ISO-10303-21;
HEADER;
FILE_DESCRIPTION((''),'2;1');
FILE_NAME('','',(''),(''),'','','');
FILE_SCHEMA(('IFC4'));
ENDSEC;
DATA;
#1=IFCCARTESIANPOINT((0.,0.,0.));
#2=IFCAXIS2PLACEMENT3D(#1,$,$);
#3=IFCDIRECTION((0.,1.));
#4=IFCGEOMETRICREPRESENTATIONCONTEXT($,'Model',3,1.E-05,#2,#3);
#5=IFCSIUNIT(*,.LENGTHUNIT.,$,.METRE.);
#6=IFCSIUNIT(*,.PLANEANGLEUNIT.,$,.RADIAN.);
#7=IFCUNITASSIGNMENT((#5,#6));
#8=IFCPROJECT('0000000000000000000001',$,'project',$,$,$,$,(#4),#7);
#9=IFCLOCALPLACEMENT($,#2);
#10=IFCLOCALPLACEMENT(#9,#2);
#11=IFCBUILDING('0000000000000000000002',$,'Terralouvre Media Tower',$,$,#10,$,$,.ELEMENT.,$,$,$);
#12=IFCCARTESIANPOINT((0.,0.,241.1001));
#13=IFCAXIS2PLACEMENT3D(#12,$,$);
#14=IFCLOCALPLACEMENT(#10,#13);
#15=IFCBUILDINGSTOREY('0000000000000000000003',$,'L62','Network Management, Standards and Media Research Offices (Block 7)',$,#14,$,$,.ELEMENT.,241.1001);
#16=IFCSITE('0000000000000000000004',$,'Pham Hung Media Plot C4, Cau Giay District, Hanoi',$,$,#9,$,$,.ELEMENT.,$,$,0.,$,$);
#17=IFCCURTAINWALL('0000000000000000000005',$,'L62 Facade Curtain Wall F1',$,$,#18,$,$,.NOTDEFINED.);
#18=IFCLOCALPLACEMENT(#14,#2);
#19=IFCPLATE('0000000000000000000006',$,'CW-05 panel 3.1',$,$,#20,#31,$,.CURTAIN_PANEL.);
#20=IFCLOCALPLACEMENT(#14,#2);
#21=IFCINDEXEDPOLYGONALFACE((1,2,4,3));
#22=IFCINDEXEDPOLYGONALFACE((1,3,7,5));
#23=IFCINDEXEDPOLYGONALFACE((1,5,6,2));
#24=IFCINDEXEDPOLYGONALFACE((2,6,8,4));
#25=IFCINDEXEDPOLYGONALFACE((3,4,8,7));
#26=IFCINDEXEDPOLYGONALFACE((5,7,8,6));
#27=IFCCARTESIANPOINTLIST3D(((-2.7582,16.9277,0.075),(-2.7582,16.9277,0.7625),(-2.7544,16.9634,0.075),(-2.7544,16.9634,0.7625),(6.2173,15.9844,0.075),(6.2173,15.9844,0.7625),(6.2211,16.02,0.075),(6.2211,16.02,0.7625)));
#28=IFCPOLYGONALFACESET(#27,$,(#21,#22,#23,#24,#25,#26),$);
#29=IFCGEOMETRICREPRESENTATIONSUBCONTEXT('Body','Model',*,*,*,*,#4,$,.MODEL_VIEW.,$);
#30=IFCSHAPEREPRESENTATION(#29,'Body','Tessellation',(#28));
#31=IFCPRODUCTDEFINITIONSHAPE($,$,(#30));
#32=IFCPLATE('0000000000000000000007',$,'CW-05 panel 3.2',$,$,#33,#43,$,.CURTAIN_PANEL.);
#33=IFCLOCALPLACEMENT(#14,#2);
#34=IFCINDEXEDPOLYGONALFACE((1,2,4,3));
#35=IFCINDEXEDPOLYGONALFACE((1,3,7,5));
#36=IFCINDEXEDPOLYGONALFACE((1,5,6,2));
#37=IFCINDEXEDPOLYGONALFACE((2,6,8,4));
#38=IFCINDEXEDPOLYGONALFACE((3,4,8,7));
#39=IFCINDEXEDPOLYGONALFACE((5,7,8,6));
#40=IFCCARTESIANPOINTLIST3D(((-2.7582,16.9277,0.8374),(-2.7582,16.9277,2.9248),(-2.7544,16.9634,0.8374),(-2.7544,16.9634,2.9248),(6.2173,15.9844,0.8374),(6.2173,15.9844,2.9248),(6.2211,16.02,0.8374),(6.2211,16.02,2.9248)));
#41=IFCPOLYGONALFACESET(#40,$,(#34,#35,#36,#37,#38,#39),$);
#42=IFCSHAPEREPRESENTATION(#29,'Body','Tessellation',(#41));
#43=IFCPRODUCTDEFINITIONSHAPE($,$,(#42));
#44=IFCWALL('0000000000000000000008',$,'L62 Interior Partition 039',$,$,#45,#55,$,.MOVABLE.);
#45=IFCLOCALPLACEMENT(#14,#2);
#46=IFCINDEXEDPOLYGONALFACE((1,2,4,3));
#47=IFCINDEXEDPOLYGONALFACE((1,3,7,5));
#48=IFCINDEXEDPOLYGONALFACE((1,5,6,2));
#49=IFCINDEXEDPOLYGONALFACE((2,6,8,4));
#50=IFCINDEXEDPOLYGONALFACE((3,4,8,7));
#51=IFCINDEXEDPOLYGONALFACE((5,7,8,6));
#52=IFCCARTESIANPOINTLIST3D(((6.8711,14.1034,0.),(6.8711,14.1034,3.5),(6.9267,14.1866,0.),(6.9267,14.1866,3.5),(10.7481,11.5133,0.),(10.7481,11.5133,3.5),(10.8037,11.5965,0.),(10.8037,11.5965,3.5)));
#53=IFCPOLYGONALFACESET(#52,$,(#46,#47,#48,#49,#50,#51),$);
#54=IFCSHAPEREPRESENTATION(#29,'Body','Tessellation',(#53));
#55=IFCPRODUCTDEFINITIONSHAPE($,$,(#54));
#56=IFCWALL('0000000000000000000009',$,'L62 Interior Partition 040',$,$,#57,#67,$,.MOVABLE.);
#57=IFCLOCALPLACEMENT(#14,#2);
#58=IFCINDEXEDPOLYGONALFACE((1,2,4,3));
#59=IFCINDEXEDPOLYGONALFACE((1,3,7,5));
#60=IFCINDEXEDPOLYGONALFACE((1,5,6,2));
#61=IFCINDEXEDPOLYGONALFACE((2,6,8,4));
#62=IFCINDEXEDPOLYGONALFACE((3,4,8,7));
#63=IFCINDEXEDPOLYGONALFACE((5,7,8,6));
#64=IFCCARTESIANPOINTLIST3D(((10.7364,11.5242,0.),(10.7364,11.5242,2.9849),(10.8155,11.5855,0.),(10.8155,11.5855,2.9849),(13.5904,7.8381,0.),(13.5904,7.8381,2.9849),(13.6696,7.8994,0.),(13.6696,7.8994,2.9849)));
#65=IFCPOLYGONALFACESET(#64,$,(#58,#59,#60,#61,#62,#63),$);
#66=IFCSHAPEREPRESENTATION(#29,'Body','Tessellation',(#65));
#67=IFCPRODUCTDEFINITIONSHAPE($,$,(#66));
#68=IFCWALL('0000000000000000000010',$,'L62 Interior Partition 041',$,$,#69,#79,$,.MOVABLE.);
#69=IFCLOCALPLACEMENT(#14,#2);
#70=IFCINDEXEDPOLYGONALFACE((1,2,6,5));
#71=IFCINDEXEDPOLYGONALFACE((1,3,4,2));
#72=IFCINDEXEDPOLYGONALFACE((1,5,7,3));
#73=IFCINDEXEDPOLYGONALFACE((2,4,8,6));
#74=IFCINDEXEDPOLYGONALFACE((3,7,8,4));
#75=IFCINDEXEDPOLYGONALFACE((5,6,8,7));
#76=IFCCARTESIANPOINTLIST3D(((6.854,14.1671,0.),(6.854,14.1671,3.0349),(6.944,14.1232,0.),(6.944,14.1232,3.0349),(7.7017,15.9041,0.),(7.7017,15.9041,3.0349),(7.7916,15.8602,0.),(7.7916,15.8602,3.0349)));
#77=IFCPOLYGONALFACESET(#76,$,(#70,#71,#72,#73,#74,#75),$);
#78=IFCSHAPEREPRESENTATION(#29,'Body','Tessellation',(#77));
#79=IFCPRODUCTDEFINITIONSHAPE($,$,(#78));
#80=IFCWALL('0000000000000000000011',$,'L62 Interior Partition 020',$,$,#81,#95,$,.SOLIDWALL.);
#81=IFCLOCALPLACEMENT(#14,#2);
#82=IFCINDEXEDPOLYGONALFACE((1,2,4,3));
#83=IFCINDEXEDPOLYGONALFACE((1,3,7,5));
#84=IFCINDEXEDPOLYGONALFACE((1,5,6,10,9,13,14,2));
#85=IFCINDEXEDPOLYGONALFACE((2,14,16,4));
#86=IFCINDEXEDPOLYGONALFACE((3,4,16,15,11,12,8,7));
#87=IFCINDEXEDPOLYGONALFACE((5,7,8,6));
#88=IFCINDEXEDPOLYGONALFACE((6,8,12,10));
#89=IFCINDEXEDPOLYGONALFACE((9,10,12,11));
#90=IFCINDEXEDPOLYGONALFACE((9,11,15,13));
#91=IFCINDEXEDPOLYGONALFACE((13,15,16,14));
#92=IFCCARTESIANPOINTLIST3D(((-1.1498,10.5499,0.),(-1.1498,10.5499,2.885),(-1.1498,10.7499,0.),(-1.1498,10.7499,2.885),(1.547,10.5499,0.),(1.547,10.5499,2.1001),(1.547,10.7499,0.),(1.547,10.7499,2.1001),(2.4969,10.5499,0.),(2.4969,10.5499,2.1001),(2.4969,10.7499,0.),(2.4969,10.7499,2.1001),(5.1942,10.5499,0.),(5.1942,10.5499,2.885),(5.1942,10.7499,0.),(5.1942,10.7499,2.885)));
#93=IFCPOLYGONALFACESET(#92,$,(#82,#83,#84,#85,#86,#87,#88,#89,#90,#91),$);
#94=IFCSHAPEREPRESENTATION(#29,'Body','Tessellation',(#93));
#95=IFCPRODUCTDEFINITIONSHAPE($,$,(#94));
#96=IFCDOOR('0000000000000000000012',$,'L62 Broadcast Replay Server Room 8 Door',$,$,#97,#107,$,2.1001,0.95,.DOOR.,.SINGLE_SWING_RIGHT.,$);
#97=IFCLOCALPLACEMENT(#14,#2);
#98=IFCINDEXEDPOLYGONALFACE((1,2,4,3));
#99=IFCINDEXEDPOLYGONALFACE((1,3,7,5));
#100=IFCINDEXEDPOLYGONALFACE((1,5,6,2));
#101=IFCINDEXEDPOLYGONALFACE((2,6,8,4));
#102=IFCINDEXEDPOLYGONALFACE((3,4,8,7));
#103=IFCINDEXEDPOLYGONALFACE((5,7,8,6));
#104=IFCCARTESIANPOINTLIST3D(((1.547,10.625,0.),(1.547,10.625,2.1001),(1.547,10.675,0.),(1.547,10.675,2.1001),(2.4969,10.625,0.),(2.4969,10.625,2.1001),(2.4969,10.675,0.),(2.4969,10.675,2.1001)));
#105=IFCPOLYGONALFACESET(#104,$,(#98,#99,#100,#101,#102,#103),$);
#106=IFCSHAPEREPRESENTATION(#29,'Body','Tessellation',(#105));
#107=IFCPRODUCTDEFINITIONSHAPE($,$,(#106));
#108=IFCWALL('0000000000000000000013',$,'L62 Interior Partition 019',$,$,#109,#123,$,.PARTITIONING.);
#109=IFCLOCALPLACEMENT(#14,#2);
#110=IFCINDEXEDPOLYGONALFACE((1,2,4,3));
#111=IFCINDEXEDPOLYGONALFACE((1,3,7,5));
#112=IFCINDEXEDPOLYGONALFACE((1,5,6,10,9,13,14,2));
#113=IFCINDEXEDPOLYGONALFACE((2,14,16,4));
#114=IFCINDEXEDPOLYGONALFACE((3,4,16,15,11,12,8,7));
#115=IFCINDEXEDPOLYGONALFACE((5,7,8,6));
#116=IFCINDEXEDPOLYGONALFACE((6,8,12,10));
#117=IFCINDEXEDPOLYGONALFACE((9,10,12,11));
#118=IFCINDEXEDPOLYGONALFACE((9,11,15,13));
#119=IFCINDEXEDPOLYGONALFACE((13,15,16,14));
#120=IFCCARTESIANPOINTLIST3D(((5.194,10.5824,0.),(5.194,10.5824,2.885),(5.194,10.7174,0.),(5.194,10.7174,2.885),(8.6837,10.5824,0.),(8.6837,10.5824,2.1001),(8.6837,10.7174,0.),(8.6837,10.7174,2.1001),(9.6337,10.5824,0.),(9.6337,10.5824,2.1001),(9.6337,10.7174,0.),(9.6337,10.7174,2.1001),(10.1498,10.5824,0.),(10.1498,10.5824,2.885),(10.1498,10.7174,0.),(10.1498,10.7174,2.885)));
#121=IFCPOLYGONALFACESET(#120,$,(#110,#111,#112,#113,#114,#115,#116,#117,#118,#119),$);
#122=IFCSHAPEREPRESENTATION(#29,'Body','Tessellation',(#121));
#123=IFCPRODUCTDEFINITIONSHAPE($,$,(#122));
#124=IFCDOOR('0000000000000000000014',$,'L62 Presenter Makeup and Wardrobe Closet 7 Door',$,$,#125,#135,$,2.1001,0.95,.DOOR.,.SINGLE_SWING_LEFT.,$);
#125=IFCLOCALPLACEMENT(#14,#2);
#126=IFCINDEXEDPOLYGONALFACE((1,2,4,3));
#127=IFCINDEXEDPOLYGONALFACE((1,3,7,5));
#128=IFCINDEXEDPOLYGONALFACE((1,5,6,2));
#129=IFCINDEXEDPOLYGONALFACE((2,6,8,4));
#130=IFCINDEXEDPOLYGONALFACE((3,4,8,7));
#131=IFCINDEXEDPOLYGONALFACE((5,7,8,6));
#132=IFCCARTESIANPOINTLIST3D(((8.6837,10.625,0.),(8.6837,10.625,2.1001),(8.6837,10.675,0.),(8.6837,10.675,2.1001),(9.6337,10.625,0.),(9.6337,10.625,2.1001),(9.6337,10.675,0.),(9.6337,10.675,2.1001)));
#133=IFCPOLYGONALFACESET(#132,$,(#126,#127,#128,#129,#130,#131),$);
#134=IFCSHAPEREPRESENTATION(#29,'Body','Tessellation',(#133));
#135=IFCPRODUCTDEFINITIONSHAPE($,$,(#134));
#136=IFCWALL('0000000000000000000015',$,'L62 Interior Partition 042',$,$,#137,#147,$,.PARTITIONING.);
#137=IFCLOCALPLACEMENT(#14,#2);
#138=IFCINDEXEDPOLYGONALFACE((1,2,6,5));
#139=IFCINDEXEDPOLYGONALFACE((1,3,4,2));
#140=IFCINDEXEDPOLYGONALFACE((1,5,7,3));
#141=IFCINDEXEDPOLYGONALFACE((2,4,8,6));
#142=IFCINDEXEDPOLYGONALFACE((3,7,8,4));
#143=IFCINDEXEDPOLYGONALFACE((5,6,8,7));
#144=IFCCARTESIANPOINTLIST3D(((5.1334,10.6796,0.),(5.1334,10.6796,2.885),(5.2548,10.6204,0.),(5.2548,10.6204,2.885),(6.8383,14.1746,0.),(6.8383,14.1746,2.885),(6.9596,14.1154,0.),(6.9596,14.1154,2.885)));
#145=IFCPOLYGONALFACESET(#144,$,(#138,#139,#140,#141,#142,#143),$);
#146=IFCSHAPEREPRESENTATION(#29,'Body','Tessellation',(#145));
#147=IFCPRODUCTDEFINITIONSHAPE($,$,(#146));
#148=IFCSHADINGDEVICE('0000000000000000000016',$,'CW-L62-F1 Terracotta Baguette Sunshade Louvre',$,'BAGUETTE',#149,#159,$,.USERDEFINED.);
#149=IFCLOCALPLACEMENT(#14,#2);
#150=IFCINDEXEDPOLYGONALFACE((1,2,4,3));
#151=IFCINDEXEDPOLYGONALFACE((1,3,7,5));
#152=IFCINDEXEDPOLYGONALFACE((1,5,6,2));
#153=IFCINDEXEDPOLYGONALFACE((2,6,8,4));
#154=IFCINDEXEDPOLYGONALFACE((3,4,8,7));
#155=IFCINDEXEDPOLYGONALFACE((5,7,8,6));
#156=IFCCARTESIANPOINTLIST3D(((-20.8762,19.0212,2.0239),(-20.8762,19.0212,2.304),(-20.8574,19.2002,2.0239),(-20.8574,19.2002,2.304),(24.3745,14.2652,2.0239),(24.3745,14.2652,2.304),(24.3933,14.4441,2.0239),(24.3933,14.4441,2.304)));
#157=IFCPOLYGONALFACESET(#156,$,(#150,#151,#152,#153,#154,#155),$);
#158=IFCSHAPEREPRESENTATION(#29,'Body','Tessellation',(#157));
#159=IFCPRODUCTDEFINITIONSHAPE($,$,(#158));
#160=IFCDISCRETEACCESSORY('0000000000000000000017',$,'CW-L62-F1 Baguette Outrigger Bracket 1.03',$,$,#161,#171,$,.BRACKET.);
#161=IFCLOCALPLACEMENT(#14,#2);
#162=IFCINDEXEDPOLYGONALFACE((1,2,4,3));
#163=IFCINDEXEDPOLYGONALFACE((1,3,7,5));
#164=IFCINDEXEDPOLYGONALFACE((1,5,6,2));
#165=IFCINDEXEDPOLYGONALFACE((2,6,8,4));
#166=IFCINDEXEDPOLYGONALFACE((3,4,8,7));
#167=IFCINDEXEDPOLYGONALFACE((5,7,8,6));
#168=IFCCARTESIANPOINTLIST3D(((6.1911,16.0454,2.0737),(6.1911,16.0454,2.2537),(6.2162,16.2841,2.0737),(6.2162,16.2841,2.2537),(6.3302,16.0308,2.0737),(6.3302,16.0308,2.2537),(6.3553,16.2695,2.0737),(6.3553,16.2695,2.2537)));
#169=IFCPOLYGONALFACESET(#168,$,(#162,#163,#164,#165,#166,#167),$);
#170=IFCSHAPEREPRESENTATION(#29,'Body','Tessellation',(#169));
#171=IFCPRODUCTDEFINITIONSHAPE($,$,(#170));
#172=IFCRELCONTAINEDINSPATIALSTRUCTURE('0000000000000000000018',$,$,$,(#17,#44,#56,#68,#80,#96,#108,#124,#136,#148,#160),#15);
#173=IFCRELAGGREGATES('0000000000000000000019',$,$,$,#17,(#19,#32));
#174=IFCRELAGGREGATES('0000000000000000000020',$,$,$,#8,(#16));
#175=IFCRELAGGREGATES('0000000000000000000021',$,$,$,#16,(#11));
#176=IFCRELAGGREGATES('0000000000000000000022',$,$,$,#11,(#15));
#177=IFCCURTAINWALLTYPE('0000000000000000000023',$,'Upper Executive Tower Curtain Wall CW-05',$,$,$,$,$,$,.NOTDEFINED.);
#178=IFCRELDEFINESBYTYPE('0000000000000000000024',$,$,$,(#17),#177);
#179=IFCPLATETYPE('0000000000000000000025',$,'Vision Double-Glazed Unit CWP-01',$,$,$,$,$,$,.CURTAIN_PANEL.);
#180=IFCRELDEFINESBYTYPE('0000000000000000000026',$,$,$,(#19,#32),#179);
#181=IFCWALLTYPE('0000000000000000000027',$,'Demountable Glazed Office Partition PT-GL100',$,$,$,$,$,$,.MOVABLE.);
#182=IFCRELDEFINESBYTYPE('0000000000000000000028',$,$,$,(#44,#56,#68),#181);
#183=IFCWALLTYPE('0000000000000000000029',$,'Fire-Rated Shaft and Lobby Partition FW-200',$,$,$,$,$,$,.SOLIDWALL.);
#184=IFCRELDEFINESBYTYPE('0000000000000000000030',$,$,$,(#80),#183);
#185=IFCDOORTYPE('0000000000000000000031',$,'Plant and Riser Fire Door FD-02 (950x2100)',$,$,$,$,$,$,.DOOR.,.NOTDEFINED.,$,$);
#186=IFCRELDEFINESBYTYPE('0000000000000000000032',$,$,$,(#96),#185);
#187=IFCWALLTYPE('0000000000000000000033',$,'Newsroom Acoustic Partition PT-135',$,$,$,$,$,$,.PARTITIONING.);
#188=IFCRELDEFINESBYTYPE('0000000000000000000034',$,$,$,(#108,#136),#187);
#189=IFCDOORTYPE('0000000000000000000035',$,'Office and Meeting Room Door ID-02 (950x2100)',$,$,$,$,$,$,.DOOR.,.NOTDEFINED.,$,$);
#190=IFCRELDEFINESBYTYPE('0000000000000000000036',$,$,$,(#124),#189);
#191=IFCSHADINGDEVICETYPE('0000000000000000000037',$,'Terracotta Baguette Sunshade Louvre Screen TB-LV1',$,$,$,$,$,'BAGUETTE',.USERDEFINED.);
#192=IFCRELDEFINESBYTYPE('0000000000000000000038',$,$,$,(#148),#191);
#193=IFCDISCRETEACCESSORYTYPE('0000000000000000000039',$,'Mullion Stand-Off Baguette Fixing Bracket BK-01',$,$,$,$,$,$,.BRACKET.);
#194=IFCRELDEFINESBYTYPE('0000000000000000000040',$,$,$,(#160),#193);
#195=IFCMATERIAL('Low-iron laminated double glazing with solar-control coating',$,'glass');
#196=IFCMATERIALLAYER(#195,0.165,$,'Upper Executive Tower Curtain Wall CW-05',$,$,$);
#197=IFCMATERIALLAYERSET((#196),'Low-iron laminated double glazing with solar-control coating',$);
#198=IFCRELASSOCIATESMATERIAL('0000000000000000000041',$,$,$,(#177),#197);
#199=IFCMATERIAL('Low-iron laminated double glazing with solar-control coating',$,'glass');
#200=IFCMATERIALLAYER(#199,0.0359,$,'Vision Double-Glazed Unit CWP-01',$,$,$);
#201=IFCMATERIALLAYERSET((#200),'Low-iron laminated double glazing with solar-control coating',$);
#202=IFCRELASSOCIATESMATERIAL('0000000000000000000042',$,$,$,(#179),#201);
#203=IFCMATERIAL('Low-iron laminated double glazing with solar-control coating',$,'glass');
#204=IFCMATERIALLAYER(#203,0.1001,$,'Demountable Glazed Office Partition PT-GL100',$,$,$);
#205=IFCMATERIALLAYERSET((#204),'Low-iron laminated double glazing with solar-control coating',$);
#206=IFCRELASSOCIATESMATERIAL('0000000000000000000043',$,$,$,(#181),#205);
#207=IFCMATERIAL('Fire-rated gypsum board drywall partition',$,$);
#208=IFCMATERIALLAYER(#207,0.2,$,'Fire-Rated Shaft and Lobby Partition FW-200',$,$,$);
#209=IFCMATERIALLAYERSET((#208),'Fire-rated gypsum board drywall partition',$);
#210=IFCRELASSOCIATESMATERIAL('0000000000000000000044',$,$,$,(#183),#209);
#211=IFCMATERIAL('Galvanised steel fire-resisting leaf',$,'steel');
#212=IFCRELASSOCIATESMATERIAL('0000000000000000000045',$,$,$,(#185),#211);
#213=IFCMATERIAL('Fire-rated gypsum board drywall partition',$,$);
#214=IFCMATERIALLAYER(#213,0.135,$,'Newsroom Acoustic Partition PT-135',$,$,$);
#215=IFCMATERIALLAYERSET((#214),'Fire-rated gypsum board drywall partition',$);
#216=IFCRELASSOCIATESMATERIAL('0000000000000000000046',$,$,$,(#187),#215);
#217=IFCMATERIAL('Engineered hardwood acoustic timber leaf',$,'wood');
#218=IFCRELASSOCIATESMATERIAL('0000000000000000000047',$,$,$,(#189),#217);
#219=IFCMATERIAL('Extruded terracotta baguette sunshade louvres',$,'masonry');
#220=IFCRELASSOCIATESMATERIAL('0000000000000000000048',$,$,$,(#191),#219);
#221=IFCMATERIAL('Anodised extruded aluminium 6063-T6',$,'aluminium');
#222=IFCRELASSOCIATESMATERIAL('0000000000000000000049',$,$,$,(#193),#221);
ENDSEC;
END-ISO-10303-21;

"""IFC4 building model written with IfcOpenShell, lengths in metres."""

from ifc_helpers import new_model, si_unit, direction, frame, frame_2d, origin, origin_2d, place, context, subcontext, project, spatial, rectangle, extrude, material, layer, layer_set, type_object, element, fill, aggregate, save


model = new_model("IFC4")

# Units and contexts
model_context = context("Model", 3, precision=1e-05, world=origin(), true_north=direction((0.0, 1.0)))
body_context = subcontext(model_context, "Body", "Model", "MODEL_VIEW")
ifc_project = project(units=[si_unit("LENGTHUNIT", "METRE"), si_unit("PLANEANGLEUNIT", "RADIAN")], contexts=[model_context])

# Site, building, storey
site_placement = place(None, origin())
site = spatial("IfcSite", under=ifc_project, at=site_placement, Name="Pham Hung Media Plot C4, Cau Giay District, Hanoi", CompositionType="ELEMENT", RefElevation=0.0)
building_placement = place(site_placement, origin())
building = spatial("IfcBuilding", under=site, at=building_placement, Name="Terralouvre Media Tower", CompositionType="ELEMENT")
storey_placement = place(building_placement, frame((0.0, 0.0, 241.1001)))
storey = spatial("IfcBuildingStorey", under=building, at=storey_placement, Name="L62", Description="Network Management, Standards and Media Research Offices (Block 7)", CompositionType="ELEMENT", Elevation=241.1001)

# Curtain wall
ifc_material_1 = material(Name="Low-iron laminated double glazing with solar-control coating", Category="glass")
ifc_layer_1 = layer(ifc_material_1, 0.165, Name="Upper Executive Tower Curtain Wall CW-05")
ifc_layer_set_1 = layer_set([ifc_layer_1], Name="Low-iron laminated double glazing with solar-control coating")
curtain_wall_type = type_object("IfcCurtainWallType", Name="Upper Executive Tower Curtain Wall CW-05", PredefinedType="NOTDEFINED", material=ifc_layer_set_1)
curtain_wall_placement = place(storey_placement, origin())
curtain_wall = element("IfcCurtainWall", 1, at=curtain_wall_placement, inside=storey, type_object=curtain_wall_type, Name="L62 Facade Curtain Wall F1", PredefinedType="NOTDEFINED")

# Plates
ifc_material_2 = material(Name="Low-iron laminated double glazing with solar-control coating", Category="glass")
ifc_layer_2 = layer(ifc_material_2, 0.0359, Name="Vision Double-Glazed Unit CWP-01")
ifc_layer_set_2 = layer_set([ifc_layer_2], Name="Low-iron laminated double glazing with solar-control coating")
plate_type = type_object("IfcPlateType", Name="Vision Double-Glazed Unit CWP-01", PredefinedType="CURTAIN_PANEL", material=ifc_layer_set_2)
plate_1_placement = place(storey_placement, frame((1.7314, 16.4739, 0.075), z_axis=(0.0, 0.0, 1.0), x_axis=(-0.994522, 0.104529, 0.0)))
plate_1 = element("IfcPlate", 2, at=plate_1_placement, type_object=plate_type, Name="CW-05 panel 3.1", PredefinedType="CURTAIN_PANEL", context=body_context, shape_type="SweptSolid", body=[
    extrude(rectangle(XDim=9.0249, YDim=0.0359, at=origin_2d()), origin(), (0.0, 0.0, 1.0), 0.6875),
])
plate_2_placement = place(storey_placement, frame((1.7314, 16.4739, 0.8374), z_axis=(0.0, 0.0, 1.0), x_axis=(-0.994522, 0.104529, 0.0)))
plate_2 = element("IfcPlate", 3, at=plate_2_placement, type_object=plate_type, Name="CW-05 panel 3.2", PredefinedType="CURTAIN_PANEL", context=body_context, shape_type="SweptSolid", body=[
    extrude(rectangle(XDim=9.0249, YDim=0.0359, at=origin_2d()), origin(), (0.0, 0.0, 1.0), 2.0874),
])
aggregate(curtain_wall, [plate_1, plate_2])

# Walls
ifc_material_3 = material(Name="Low-iron laminated double glazing with solar-control coating", Category="glass")
ifc_layer_3 = layer(ifc_material_3, 0.1001, Name="Demountable Glazed Office Partition PT-GL100")
ifc_layer_set_3 = layer_set([ifc_layer_3], Name="Low-iron laminated double glazing with solar-control coating")
wall_type_1 = type_object("IfcWallType", Name="Demountable Glazed Office Partition PT-GL100", PredefinedType="MOVABLE", material=ifc_layer_set_3)
wall_1_placement = place(storey_placement, frame((6.8989, 14.145, 0.0), z_axis=(0.0, 0.0, 1.0), x_axis=(0.83151, -0.55551, 0.0)))
element("IfcWall", 4, at=wall_1_placement, inside=storey, type_object=wall_type_1, Name="L62 Interior Partition 039", PredefinedType="MOVABLE", context=body_context, shape_type="SweptSolid", body=[
    extrude(rectangle(XDim=4.6626, YDim=0.1001, at=frame_2d((2.3313, 0.0))), origin(), (0.0, 0.0, 1.0), 3.5),
])
wall_2_placement = place(storey_placement, frame((10.7759, 11.5549, 0.0), z_axis=(0.0, 0.0, 1.0), x_axis=(0.612213, -0.790693, 0.0)))
element("IfcWall", 5, at=wall_2_placement, inside=storey, type_object=wall_type_1, Name="L62 Interior Partition 040", PredefinedType="MOVABLE", context=body_context, shape_type="SweptSolid", body=[
    extrude(rectangle(XDim=4.6619, YDim=0.1001, at=frame_2d((2.3311, 0.0))), origin(), (0.0, 0.0, 1.0), 2.9849),
])
wall_3_placement = place(storey_placement, frame((7.7466, 15.8821, 0.0), z_axis=(0.0, 0.0, 1.0), x_axis=(-0.438553, -0.898705, 0.0)))
element("IfcWall", 6, at=wall_3_placement, inside=storey, type_object=wall_type_1, Name="L62 Interior Partition 041", PredefinedType="MOVABLE", context=body_context, shape_type="SweptSolid", body=[
    extrude(rectangle(XDim=1.9329, YDim=0.1001, at=frame_2d((0.9663, 0.0))), origin(), (0.0, 0.0, 1.0), 3.0349),
])

# Walls, openings, doors
ifc_material_4 = material(Name="Fire-rated gypsum board drywall partition")
ifc_layer_4 = layer(ifc_material_4, 0.2, Name="Fire-Rated Shaft and Lobby Partition FW-200")
ifc_layer_set_4 = layer_set([ifc_layer_4], Name="Fire-rated gypsum board drywall partition")
wall_type_2 = type_object("IfcWallType", Name="Fire-Rated Shaft and Lobby Partition FW-200", PredefinedType="SOLIDWALL", material=ifc_layer_set_4)
wall_4_placement = place(storey_placement, frame((5.1941, 10.6499, 0.0), z_axis=(0.0, 0.0, 1.0), x_axis=(-1.0, 0.0, 0.0)))
wall_4 = element("IfcWall", 7, at=wall_4_placement, inside=storey, type_object=wall_type_2, Name="L62 Interior Partition 020", PredefinedType="SOLIDWALL", context=body_context, shape_type="SweptSolid", body=[
    extrude(rectangle(XDim=6.344, YDim=0.2, at=frame_2d((3.1719, 0.0))), origin(), (0.0, 0.0, 1.0), 2.885),
])
opening_1_placement = place(wall_4_placement, frame((2.697, 0.0, 0.0)))
opening_1 = element("IfcOpeningElement", 8, at=opening_1_placement, cuts=wall_4, PredefinedType="OPENING", context=body_context, shape_type="SweptSolid", body=[
    extrude(rectangle(XDim=0.95, YDim=2.1001, at=frame_2d((0.4751, 1.05))), frame((0.0, 0.1099, 0.0), z_axis=(0.0, -1.0, 0.0), x_axis=(1.0, 0.0, 0.0)), (0.0, 0.0, 1.0), 0.22),
])
ifc_material_5 = material(Name="Galvanised steel fire-resisting leaf", Category="steel")
door_type_1 = type_object("IfcDoorType", Name="Plant and Riser Fire Door FD-02 (950x2100)", OperationType="NOTDEFINED", PredefinedType="DOOR", material=ifc_material_5)
door_1_placement = place(opening_1_placement, origin())
door_1 = element("IfcDoor", 9, at=door_1_placement, inside=storey, type_object=door_type_1, Name="L62 Broadcast Replay Server Room 8 Door", OperationType="SINGLE_SWING_RIGHT", OverallHeight=2.1001, OverallWidth=0.95, PredefinedType="DOOR", context=body_context, shape_type="SweptSolid", body=[
    extrude(rectangle(XDim=0.95, YDim=2.1001, at=frame_2d((0.4751, 1.05))), frame((0.0, 0.0249, 0.0), z_axis=(0.0, -1.0, 0.0), x_axis=(1.0, 0.0, 0.0)), (0.0, 0.0, 1.0), 0.05),
])
fill(opening_1, door_1)
ifc_material_6 = material(Name="Fire-rated gypsum board drywall partition")
ifc_layer_5 = layer(ifc_material_6, 0.135, Name="Newsroom Acoustic Partition PT-135")
ifc_layer_set_5 = layer_set([ifc_layer_5], Name="Fire-rated gypsum board drywall partition")
wall_type_3 = type_object("IfcWallType", Name="Newsroom Acoustic Partition PT-135", PredefinedType="PARTITIONING", material=ifc_layer_set_5)
wall_5_placement = place(storey_placement, frame((10.1499, 10.6499, 0.0), z_axis=(0.0, 0.0, 1.0), x_axis=(-1.0, 0.0, 0.0)))
wall_5 = element("IfcWall", 10, at=wall_5_placement, inside=storey, type_object=wall_type_3, Name="L62 Interior Partition 019", PredefinedType="PARTITIONING", context=body_context, shape_type="SweptSolid", body=[
    extrude(rectangle(XDim=4.9558, YDim=0.135, at=frame_2d((2.478, 0.0))), origin(), (0.0, 0.0, 1.0), 2.885),
])
opening_2_placement = place(wall_5_placement, frame((0.5161, 0.0, 0.0)))
opening_2 = element("IfcOpeningElement", 11, at=opening_2_placement, cuts=wall_5, PredefinedType="OPENING", context=body_context, shape_type="SweptSolid", body=[
    extrude(rectangle(XDim=0.95, YDim=2.1001, at=frame_2d((0.4751, 1.05))), frame((0.0, 0.0774, 0.0), z_axis=(0.0, -1.0, 0.0), x_axis=(1.0, 0.0, 0.0)), (0.0, 0.0, 1.0), 0.155),
])
ifc_material_7 = material(Name="Engineered hardwood acoustic timber leaf", Category="wood")
door_type_2 = type_object("IfcDoorType", Name="Office and Meeting Room Door ID-02 (950x2100)", OperationType="NOTDEFINED", PredefinedType="DOOR", material=ifc_material_7)
door_2_placement = place(opening_2_placement, origin())
door_2 = element("IfcDoor", 12, at=door_2_placement, inside=storey, type_object=door_type_2, Name="L62 Presenter Makeup and Wardrobe Closet 7 Door", OperationType="SINGLE_SWING_LEFT", OverallHeight=2.1001, OverallWidth=0.95, PredefinedType="DOOR", context=body_context, shape_type="SweptSolid", body=[
    extrude(rectangle(XDim=0.95, YDim=2.1001, at=frame_2d((0.4751, 1.05))), frame((0.0, 0.0249, 0.0), z_axis=(0.0, -1.0, 0.0), x_axis=(1.0, 0.0, 0.0)), (0.0, 0.0, 1.0), 0.05),
])
fill(opening_2, door_2)

# Wall
wall_6_placement = place(storey_placement, frame((6.8989, 14.145, 0.0), z_axis=(0.0, 0.0, 1.0), x_axis=(-0.438403, -0.898779, 0.0)))
element("IfcWall", 13, at=wall_6_placement, inside=storey, type_object=wall_type_3, Name="L62 Interior Partition 042", PredefinedType="PARTITIONING", context=body_context, shape_type="SweptSolid", body=[
    extrude(rectangle(XDim=3.8887, YDim=0.135, at=frame_2d((1.9443, 0.0))), origin(), (0.0, 0.0, 1.0), 2.885),
])

# Shading device
ifc_material_8 = material(Name="Extruded terracotta baguette sunshade louvres", Category="masonry")
shading_device_type = type_object("IfcShadingDeviceType", Name="Terracotta Baguette Sunshade Louvre Screen TB-LV1", ElementType="BAGUETTE", PredefinedType="USERDEFINED", material=ifc_material_8)
shading_device_placement = place(storey_placement, frame((1.7585, 16.7327, 2.0239), z_axis=(0.0, 0.0, 1.0), x_axis=(-0.994522, 0.104529, 0.0)))
element("IfcShadingDevice", 14, at=shading_device_placement, inside=storey, type_object=shading_device_type, Name="CW-L62-F1 Terracotta Baguette Sunshade Louvre", ObjectType="BAGUETTE", PredefinedType="USERDEFINED", context=body_context, shape_type="SweptSolid", body=[
    extrude(rectangle(XDim=45.5, YDim=0.1799, at=origin_2d()), origin(), (0.0, 0.0, 1.0), 0.28),
])

# Discrete accessory
ifc_material_9 = material(Name="Anodised extruded aluminium 6063-T6", Category="aluminium")
discrete_accessory_type = type_object("IfcDiscreteAccessoryType", Name="Mullion Stand-Off Baguette Fixing Bracket BK-01", PredefinedType="BRACKET", material=ifc_material_9)
discrete_accessory_placement = place(storey_placement, frame((6.2732, 16.1575, 2.0737), z_axis=(0.0, 0.0, 1.0), x_axis=(-0.994522, 0.104529, 0.0)))
element("IfcDiscreteAccessory", 15, at=discrete_accessory_placement, inside=storey, type_object=discrete_accessory_type, Name="CW-L62-F1 Baguette Outrigger Bracket 1.03", PredefinedType="BRACKET", context=body_context, shape_type="SweptSolid", body=[
    extrude(rectangle(XDim=0.1399, YDim=0.24, at=origin_2d()), origin(), (0.0, 0.0, 1.0), 0.1799),
])

save(model, "model.ifc")
